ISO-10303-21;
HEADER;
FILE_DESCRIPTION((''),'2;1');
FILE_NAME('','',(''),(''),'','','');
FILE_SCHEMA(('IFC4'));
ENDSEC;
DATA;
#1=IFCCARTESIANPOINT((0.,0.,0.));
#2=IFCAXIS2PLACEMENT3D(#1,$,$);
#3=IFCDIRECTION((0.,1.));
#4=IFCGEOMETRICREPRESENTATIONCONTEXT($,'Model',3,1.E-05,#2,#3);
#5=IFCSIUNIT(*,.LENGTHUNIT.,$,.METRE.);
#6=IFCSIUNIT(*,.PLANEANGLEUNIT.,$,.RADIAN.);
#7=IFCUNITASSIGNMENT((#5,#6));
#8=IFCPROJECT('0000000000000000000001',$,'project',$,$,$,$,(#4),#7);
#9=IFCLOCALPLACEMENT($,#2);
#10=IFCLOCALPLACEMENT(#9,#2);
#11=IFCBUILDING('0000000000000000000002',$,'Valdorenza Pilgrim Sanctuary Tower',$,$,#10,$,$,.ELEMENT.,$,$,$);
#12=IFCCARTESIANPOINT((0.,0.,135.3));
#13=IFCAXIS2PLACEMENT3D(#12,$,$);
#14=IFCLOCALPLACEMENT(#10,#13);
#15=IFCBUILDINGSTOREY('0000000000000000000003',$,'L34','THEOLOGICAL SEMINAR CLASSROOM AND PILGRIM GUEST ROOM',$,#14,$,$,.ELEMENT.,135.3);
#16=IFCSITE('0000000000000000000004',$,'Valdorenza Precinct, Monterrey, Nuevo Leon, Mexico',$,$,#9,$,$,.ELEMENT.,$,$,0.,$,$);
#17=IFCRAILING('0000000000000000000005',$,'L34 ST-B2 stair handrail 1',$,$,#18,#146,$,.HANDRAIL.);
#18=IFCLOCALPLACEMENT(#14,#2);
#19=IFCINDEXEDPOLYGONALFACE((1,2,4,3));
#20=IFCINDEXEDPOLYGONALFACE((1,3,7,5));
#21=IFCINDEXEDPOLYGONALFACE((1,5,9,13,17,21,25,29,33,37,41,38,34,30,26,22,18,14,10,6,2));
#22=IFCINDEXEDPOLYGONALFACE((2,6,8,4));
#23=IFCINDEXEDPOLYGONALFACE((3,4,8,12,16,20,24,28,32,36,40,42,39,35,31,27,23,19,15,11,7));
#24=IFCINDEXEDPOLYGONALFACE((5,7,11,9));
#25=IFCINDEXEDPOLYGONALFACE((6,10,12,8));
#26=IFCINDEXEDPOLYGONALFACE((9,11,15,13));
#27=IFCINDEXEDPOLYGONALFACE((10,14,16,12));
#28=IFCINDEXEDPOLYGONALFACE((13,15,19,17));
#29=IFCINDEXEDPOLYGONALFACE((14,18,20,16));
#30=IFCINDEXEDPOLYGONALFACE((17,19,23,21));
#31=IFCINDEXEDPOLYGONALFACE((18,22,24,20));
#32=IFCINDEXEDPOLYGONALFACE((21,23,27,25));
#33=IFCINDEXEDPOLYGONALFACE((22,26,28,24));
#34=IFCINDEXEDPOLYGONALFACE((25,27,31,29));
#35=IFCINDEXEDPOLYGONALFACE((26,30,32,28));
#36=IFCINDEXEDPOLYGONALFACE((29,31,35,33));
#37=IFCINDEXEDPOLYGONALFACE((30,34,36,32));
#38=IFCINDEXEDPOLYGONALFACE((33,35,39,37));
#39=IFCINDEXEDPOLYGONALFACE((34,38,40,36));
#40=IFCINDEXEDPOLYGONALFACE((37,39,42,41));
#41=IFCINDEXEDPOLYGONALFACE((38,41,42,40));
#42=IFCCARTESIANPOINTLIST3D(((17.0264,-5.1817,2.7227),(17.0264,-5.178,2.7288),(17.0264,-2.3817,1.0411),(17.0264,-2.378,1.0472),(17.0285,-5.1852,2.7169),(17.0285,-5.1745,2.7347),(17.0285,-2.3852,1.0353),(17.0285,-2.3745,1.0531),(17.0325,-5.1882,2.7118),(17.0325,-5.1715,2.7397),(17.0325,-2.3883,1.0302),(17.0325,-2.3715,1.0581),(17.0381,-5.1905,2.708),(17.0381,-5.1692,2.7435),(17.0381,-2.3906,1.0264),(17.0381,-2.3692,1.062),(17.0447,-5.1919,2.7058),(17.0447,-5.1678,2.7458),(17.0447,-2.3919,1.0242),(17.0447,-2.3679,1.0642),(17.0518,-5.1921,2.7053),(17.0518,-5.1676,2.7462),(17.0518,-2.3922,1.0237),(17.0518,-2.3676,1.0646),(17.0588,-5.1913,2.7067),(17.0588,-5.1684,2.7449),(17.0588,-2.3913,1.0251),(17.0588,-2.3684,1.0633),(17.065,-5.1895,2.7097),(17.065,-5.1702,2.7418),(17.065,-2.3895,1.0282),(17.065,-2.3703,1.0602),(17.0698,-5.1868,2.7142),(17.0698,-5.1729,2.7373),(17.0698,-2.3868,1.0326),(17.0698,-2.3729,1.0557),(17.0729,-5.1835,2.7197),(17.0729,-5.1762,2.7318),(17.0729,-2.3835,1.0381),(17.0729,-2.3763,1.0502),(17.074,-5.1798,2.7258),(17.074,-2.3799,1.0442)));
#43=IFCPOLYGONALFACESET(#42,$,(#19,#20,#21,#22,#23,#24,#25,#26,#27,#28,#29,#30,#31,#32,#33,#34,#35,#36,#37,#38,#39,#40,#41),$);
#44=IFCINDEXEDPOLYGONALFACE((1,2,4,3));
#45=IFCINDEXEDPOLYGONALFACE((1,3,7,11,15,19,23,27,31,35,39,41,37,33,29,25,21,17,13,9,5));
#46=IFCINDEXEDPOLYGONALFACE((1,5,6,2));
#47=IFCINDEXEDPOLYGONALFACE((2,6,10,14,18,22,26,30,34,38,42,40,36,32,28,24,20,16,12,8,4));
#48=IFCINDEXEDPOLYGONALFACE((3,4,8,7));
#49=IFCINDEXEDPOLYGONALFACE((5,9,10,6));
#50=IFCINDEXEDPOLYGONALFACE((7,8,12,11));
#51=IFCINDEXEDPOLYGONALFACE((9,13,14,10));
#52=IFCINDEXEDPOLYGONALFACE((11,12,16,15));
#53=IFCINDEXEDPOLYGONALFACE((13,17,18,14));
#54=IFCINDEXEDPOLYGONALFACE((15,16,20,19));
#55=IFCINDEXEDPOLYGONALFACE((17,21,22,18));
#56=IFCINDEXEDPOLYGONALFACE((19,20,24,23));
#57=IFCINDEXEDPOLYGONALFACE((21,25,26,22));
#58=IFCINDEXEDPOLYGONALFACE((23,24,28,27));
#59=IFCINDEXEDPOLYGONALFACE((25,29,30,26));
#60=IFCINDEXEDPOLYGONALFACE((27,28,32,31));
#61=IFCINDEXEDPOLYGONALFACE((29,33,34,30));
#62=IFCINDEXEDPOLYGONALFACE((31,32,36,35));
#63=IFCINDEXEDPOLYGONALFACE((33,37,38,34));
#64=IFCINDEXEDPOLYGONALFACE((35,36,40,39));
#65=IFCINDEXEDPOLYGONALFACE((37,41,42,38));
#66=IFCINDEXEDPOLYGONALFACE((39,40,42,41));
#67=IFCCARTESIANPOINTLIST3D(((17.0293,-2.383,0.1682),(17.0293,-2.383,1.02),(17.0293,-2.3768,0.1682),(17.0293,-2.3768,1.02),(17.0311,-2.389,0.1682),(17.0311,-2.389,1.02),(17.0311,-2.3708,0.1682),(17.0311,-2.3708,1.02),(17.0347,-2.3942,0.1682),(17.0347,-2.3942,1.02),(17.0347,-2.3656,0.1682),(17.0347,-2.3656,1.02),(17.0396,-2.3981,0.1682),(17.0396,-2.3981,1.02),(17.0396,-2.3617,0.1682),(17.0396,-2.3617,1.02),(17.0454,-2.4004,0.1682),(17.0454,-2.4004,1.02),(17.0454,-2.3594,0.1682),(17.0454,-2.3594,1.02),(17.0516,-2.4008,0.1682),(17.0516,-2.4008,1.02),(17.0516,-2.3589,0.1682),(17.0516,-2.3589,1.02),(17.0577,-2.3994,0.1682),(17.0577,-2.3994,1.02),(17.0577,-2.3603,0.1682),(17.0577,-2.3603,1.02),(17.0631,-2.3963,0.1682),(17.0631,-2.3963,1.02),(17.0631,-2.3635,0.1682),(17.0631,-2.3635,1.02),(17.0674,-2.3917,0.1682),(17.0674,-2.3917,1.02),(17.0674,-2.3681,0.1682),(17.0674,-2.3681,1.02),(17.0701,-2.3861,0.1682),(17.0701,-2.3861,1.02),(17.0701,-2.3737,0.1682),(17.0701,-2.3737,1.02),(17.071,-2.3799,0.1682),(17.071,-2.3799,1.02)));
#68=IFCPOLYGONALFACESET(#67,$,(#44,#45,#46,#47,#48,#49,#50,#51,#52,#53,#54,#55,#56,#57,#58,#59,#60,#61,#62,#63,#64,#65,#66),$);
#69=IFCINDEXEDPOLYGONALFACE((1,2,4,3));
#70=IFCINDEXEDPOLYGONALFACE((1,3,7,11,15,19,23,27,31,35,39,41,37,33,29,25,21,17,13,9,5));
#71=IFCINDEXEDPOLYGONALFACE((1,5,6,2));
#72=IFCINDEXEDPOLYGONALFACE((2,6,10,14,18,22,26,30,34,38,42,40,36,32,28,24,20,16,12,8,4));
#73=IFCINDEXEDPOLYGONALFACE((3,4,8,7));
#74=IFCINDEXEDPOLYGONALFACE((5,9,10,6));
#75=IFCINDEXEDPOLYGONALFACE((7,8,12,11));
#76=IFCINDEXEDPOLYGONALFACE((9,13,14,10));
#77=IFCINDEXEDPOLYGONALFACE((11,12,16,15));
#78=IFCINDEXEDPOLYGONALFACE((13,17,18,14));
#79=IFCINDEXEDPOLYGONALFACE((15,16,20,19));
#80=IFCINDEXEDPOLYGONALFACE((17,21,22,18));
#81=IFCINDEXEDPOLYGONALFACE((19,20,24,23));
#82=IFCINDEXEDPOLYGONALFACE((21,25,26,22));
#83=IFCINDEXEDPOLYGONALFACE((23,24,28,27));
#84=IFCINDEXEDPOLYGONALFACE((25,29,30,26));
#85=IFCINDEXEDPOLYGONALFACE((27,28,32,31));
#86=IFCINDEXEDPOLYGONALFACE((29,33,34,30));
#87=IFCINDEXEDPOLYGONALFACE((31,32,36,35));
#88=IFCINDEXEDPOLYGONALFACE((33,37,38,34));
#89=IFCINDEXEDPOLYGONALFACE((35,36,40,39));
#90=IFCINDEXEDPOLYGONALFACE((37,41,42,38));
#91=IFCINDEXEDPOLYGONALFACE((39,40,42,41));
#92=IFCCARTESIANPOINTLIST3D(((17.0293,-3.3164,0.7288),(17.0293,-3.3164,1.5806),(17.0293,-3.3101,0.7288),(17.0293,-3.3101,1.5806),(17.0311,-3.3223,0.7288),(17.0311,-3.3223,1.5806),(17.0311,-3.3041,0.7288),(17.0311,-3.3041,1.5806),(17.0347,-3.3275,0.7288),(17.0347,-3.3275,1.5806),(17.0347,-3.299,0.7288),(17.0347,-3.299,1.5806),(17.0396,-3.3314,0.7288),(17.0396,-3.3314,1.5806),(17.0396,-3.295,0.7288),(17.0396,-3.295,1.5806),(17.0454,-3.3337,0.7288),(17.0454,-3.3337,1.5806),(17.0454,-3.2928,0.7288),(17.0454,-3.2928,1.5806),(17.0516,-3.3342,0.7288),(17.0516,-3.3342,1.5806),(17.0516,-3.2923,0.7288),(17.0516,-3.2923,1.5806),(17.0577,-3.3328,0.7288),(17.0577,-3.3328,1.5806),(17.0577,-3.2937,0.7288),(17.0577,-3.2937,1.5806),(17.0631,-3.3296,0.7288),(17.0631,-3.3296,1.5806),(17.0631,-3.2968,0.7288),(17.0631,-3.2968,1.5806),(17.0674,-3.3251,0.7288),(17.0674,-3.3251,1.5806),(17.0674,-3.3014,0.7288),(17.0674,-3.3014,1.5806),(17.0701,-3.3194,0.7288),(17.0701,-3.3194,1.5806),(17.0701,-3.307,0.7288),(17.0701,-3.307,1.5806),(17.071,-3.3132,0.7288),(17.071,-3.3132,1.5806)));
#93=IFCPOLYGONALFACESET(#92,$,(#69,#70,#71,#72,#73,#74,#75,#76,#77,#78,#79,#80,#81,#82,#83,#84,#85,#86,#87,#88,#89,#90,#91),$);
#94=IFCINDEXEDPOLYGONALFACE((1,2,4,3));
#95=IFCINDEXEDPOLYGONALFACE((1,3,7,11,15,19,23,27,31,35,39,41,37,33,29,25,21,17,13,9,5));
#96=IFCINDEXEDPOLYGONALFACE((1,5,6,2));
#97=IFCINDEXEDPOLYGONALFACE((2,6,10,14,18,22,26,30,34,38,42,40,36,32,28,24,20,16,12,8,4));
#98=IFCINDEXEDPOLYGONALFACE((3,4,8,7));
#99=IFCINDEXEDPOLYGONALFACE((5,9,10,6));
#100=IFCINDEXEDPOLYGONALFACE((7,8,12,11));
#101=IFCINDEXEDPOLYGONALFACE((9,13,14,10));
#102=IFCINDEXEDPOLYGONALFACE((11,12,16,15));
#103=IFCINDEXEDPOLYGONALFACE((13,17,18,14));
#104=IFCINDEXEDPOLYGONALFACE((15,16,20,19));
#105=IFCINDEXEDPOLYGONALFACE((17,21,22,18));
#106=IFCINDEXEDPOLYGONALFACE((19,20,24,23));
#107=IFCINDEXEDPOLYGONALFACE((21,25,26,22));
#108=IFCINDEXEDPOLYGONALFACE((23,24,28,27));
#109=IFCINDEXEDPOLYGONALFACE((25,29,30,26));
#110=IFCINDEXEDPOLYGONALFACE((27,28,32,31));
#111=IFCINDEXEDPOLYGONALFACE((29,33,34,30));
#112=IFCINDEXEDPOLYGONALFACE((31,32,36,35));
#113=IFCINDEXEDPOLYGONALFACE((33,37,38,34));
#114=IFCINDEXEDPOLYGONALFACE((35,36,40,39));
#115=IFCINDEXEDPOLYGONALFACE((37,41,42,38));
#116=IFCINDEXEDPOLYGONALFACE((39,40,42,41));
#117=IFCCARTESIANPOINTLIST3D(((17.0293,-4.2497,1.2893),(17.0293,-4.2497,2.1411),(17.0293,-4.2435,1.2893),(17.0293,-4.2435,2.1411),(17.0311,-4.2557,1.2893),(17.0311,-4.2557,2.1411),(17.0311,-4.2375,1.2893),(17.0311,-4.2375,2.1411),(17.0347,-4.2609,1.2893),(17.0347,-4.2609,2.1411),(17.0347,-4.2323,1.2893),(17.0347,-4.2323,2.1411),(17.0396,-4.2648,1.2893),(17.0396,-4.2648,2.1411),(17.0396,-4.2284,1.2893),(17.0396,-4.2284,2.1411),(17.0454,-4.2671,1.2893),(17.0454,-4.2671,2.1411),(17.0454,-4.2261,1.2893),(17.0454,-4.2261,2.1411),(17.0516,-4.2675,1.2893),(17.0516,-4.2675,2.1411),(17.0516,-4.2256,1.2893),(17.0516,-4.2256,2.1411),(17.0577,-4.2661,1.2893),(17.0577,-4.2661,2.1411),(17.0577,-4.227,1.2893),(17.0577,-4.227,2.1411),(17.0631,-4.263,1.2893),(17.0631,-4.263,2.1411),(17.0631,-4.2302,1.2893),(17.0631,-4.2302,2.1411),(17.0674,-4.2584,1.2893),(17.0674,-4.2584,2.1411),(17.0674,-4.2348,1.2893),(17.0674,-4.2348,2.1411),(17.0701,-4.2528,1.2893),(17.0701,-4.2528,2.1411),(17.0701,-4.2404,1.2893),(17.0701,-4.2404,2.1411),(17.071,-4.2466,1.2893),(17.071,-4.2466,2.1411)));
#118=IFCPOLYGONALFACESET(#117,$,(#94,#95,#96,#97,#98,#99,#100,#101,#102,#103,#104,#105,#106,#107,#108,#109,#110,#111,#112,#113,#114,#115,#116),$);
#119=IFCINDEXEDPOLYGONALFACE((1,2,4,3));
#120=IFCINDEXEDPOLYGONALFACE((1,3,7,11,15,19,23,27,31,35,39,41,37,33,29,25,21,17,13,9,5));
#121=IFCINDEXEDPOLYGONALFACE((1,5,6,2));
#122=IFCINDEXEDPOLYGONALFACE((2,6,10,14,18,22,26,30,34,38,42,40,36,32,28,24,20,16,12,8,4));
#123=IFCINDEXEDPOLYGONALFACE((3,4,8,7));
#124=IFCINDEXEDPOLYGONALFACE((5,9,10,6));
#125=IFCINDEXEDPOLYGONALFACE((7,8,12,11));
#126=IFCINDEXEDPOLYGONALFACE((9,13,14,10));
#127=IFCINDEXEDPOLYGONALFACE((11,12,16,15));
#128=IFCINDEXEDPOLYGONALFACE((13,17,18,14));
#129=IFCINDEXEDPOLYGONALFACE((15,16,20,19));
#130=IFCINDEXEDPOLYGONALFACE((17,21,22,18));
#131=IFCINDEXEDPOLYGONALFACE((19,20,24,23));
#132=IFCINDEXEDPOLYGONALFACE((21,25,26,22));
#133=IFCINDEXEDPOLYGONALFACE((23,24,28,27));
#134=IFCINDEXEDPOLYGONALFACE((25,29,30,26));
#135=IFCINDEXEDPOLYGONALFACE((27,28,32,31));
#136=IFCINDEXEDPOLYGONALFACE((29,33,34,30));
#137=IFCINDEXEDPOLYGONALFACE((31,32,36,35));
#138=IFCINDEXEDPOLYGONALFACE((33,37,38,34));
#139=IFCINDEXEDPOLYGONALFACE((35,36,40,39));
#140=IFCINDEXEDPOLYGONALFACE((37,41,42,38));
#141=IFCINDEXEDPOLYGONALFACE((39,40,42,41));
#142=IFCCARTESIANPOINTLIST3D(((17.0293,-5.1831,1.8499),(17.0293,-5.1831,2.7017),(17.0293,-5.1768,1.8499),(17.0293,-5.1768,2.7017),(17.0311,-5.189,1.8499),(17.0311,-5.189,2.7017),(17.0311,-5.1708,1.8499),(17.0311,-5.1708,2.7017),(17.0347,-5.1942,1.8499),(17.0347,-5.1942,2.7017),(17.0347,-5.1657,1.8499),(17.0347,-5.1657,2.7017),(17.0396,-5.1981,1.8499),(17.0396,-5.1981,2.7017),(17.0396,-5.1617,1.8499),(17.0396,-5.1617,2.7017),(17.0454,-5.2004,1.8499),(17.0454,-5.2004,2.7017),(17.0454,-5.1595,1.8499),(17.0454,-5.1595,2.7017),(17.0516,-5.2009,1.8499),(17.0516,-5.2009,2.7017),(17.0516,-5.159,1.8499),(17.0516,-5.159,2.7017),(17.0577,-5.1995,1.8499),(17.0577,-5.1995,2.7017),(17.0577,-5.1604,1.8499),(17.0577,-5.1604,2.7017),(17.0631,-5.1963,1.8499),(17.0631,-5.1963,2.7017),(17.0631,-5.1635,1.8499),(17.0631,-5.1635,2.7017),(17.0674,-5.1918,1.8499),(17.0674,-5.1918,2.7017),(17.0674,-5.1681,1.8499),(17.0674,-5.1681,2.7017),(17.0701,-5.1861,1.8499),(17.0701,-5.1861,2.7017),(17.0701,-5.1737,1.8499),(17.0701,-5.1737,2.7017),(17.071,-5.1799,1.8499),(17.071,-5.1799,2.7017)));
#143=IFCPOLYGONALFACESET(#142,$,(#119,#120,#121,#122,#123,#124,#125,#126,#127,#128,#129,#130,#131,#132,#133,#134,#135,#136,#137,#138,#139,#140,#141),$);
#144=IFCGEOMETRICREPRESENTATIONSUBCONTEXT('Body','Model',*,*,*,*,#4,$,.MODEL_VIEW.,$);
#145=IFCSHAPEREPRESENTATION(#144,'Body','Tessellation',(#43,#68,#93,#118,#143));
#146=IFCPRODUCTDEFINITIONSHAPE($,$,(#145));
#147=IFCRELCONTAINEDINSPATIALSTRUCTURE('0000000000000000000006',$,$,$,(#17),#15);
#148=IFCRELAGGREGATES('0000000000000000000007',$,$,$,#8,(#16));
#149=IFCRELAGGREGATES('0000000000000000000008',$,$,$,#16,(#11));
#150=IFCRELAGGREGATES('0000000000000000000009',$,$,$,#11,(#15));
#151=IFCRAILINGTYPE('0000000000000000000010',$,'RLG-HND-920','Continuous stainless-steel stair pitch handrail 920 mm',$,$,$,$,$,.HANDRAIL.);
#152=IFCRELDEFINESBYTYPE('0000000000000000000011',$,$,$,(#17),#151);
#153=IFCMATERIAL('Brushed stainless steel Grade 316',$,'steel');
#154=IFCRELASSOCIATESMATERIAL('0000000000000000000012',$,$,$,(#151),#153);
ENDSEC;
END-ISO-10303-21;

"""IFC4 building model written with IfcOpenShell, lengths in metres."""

from ifc_helpers import new_model, si_unit, direction, frame, origin, origin_2d, place, context, subcontext, project, spatial, circle, extrude, material, type_object, element, save


model = new_model("IFC4")

# Units and contexts
model_context = context("Model", 3, precision=1e-05, world=origin(), true_north=direction((0.0, 1.0)))
body_context = subcontext(model_context, "Body", "Model", "MODEL_VIEW")
ifc_project = project(units=[si_unit("LENGTHUNIT", "METRE"), si_unit("PLANEANGLEUNIT", "RADIAN")], contexts=[model_context])

# Site, building, storey
site_placement = place(None, origin())
site = spatial("IfcSite", under=ifc_project, at=site_placement, Name="Valdorenza Precinct, Monterrey, Nuevo Leon, Mexico", CompositionType="ELEMENT", RefElevation=0.0)
building_placement = place(site_placement, origin())
building = spatial("IfcBuilding", under=site, at=building_placement, Name="Valdorenza Pilgrim Sanctuary Tower", CompositionType="ELEMENT")
storey_placement = place(building_placement, frame((0.0, 0.0, 135.3)))
storey = spatial("IfcBuildingStorey", under=building, at=storey_placement, Name="L34", Description="THEOLOGICAL SEMINAR CLASSROOM AND PILGRIM GUEST ROOM", CompositionType="ELEMENT", Elevation=135.3)

# Railing
ifc_material_1 = material(Name="Brushed stainless steel Grade 316", Category="steel")
railing_type_1 = type_object("IfcRailingType", Name="RLG-HND-920", Description="Continuous stainless-steel stair pitch handrail 920 mm", PredefinedType="HANDRAIL", material=ifc_material_1)
railing_1_placement = place(storey_placement, frame((17.05, -2.3799, 0.1682)))
element("IfcRailing", 1, at=railing_1_placement, inside=storey, type_object=railing_type_1, Name="L34 ST-B2 stair handrail 1", PredefinedType="HANDRAIL", context=body_context, shape_type="SweptSolid", body=[
    extrude(circle(Radius=0.0239, at=origin_2d()), frame((0.0, 0.0, 0.876), z_axis=(0.0, -0.857275, 0.514858), x_axis=(1.0, 0.0, 0.0)), (0.0, 0.0, 1.0), 3.2661),
    extrude(circle(Radius=0.021, at=origin_2d()), origin(), (0.0, 0.0, 1.0), 0.8518),
    extrude(circle(Radius=0.021, at=origin_2d()), frame((0.0, -0.9333, 0.5605)), (0.0, 0.0, 1.0), 0.8518),
    extrude(circle(Radius=0.021, at=origin_2d()), frame((0.0, -1.8667, 1.1211)), (0.0, 0.0, 1.0), 0.8518),
    extrude(circle(Radius=0.021, at=origin_2d()), frame((0.0, -2.8, 1.6816)), (0.0, 0.0, 1.0), 0.8518),
])

save(model, "model.ifc")
